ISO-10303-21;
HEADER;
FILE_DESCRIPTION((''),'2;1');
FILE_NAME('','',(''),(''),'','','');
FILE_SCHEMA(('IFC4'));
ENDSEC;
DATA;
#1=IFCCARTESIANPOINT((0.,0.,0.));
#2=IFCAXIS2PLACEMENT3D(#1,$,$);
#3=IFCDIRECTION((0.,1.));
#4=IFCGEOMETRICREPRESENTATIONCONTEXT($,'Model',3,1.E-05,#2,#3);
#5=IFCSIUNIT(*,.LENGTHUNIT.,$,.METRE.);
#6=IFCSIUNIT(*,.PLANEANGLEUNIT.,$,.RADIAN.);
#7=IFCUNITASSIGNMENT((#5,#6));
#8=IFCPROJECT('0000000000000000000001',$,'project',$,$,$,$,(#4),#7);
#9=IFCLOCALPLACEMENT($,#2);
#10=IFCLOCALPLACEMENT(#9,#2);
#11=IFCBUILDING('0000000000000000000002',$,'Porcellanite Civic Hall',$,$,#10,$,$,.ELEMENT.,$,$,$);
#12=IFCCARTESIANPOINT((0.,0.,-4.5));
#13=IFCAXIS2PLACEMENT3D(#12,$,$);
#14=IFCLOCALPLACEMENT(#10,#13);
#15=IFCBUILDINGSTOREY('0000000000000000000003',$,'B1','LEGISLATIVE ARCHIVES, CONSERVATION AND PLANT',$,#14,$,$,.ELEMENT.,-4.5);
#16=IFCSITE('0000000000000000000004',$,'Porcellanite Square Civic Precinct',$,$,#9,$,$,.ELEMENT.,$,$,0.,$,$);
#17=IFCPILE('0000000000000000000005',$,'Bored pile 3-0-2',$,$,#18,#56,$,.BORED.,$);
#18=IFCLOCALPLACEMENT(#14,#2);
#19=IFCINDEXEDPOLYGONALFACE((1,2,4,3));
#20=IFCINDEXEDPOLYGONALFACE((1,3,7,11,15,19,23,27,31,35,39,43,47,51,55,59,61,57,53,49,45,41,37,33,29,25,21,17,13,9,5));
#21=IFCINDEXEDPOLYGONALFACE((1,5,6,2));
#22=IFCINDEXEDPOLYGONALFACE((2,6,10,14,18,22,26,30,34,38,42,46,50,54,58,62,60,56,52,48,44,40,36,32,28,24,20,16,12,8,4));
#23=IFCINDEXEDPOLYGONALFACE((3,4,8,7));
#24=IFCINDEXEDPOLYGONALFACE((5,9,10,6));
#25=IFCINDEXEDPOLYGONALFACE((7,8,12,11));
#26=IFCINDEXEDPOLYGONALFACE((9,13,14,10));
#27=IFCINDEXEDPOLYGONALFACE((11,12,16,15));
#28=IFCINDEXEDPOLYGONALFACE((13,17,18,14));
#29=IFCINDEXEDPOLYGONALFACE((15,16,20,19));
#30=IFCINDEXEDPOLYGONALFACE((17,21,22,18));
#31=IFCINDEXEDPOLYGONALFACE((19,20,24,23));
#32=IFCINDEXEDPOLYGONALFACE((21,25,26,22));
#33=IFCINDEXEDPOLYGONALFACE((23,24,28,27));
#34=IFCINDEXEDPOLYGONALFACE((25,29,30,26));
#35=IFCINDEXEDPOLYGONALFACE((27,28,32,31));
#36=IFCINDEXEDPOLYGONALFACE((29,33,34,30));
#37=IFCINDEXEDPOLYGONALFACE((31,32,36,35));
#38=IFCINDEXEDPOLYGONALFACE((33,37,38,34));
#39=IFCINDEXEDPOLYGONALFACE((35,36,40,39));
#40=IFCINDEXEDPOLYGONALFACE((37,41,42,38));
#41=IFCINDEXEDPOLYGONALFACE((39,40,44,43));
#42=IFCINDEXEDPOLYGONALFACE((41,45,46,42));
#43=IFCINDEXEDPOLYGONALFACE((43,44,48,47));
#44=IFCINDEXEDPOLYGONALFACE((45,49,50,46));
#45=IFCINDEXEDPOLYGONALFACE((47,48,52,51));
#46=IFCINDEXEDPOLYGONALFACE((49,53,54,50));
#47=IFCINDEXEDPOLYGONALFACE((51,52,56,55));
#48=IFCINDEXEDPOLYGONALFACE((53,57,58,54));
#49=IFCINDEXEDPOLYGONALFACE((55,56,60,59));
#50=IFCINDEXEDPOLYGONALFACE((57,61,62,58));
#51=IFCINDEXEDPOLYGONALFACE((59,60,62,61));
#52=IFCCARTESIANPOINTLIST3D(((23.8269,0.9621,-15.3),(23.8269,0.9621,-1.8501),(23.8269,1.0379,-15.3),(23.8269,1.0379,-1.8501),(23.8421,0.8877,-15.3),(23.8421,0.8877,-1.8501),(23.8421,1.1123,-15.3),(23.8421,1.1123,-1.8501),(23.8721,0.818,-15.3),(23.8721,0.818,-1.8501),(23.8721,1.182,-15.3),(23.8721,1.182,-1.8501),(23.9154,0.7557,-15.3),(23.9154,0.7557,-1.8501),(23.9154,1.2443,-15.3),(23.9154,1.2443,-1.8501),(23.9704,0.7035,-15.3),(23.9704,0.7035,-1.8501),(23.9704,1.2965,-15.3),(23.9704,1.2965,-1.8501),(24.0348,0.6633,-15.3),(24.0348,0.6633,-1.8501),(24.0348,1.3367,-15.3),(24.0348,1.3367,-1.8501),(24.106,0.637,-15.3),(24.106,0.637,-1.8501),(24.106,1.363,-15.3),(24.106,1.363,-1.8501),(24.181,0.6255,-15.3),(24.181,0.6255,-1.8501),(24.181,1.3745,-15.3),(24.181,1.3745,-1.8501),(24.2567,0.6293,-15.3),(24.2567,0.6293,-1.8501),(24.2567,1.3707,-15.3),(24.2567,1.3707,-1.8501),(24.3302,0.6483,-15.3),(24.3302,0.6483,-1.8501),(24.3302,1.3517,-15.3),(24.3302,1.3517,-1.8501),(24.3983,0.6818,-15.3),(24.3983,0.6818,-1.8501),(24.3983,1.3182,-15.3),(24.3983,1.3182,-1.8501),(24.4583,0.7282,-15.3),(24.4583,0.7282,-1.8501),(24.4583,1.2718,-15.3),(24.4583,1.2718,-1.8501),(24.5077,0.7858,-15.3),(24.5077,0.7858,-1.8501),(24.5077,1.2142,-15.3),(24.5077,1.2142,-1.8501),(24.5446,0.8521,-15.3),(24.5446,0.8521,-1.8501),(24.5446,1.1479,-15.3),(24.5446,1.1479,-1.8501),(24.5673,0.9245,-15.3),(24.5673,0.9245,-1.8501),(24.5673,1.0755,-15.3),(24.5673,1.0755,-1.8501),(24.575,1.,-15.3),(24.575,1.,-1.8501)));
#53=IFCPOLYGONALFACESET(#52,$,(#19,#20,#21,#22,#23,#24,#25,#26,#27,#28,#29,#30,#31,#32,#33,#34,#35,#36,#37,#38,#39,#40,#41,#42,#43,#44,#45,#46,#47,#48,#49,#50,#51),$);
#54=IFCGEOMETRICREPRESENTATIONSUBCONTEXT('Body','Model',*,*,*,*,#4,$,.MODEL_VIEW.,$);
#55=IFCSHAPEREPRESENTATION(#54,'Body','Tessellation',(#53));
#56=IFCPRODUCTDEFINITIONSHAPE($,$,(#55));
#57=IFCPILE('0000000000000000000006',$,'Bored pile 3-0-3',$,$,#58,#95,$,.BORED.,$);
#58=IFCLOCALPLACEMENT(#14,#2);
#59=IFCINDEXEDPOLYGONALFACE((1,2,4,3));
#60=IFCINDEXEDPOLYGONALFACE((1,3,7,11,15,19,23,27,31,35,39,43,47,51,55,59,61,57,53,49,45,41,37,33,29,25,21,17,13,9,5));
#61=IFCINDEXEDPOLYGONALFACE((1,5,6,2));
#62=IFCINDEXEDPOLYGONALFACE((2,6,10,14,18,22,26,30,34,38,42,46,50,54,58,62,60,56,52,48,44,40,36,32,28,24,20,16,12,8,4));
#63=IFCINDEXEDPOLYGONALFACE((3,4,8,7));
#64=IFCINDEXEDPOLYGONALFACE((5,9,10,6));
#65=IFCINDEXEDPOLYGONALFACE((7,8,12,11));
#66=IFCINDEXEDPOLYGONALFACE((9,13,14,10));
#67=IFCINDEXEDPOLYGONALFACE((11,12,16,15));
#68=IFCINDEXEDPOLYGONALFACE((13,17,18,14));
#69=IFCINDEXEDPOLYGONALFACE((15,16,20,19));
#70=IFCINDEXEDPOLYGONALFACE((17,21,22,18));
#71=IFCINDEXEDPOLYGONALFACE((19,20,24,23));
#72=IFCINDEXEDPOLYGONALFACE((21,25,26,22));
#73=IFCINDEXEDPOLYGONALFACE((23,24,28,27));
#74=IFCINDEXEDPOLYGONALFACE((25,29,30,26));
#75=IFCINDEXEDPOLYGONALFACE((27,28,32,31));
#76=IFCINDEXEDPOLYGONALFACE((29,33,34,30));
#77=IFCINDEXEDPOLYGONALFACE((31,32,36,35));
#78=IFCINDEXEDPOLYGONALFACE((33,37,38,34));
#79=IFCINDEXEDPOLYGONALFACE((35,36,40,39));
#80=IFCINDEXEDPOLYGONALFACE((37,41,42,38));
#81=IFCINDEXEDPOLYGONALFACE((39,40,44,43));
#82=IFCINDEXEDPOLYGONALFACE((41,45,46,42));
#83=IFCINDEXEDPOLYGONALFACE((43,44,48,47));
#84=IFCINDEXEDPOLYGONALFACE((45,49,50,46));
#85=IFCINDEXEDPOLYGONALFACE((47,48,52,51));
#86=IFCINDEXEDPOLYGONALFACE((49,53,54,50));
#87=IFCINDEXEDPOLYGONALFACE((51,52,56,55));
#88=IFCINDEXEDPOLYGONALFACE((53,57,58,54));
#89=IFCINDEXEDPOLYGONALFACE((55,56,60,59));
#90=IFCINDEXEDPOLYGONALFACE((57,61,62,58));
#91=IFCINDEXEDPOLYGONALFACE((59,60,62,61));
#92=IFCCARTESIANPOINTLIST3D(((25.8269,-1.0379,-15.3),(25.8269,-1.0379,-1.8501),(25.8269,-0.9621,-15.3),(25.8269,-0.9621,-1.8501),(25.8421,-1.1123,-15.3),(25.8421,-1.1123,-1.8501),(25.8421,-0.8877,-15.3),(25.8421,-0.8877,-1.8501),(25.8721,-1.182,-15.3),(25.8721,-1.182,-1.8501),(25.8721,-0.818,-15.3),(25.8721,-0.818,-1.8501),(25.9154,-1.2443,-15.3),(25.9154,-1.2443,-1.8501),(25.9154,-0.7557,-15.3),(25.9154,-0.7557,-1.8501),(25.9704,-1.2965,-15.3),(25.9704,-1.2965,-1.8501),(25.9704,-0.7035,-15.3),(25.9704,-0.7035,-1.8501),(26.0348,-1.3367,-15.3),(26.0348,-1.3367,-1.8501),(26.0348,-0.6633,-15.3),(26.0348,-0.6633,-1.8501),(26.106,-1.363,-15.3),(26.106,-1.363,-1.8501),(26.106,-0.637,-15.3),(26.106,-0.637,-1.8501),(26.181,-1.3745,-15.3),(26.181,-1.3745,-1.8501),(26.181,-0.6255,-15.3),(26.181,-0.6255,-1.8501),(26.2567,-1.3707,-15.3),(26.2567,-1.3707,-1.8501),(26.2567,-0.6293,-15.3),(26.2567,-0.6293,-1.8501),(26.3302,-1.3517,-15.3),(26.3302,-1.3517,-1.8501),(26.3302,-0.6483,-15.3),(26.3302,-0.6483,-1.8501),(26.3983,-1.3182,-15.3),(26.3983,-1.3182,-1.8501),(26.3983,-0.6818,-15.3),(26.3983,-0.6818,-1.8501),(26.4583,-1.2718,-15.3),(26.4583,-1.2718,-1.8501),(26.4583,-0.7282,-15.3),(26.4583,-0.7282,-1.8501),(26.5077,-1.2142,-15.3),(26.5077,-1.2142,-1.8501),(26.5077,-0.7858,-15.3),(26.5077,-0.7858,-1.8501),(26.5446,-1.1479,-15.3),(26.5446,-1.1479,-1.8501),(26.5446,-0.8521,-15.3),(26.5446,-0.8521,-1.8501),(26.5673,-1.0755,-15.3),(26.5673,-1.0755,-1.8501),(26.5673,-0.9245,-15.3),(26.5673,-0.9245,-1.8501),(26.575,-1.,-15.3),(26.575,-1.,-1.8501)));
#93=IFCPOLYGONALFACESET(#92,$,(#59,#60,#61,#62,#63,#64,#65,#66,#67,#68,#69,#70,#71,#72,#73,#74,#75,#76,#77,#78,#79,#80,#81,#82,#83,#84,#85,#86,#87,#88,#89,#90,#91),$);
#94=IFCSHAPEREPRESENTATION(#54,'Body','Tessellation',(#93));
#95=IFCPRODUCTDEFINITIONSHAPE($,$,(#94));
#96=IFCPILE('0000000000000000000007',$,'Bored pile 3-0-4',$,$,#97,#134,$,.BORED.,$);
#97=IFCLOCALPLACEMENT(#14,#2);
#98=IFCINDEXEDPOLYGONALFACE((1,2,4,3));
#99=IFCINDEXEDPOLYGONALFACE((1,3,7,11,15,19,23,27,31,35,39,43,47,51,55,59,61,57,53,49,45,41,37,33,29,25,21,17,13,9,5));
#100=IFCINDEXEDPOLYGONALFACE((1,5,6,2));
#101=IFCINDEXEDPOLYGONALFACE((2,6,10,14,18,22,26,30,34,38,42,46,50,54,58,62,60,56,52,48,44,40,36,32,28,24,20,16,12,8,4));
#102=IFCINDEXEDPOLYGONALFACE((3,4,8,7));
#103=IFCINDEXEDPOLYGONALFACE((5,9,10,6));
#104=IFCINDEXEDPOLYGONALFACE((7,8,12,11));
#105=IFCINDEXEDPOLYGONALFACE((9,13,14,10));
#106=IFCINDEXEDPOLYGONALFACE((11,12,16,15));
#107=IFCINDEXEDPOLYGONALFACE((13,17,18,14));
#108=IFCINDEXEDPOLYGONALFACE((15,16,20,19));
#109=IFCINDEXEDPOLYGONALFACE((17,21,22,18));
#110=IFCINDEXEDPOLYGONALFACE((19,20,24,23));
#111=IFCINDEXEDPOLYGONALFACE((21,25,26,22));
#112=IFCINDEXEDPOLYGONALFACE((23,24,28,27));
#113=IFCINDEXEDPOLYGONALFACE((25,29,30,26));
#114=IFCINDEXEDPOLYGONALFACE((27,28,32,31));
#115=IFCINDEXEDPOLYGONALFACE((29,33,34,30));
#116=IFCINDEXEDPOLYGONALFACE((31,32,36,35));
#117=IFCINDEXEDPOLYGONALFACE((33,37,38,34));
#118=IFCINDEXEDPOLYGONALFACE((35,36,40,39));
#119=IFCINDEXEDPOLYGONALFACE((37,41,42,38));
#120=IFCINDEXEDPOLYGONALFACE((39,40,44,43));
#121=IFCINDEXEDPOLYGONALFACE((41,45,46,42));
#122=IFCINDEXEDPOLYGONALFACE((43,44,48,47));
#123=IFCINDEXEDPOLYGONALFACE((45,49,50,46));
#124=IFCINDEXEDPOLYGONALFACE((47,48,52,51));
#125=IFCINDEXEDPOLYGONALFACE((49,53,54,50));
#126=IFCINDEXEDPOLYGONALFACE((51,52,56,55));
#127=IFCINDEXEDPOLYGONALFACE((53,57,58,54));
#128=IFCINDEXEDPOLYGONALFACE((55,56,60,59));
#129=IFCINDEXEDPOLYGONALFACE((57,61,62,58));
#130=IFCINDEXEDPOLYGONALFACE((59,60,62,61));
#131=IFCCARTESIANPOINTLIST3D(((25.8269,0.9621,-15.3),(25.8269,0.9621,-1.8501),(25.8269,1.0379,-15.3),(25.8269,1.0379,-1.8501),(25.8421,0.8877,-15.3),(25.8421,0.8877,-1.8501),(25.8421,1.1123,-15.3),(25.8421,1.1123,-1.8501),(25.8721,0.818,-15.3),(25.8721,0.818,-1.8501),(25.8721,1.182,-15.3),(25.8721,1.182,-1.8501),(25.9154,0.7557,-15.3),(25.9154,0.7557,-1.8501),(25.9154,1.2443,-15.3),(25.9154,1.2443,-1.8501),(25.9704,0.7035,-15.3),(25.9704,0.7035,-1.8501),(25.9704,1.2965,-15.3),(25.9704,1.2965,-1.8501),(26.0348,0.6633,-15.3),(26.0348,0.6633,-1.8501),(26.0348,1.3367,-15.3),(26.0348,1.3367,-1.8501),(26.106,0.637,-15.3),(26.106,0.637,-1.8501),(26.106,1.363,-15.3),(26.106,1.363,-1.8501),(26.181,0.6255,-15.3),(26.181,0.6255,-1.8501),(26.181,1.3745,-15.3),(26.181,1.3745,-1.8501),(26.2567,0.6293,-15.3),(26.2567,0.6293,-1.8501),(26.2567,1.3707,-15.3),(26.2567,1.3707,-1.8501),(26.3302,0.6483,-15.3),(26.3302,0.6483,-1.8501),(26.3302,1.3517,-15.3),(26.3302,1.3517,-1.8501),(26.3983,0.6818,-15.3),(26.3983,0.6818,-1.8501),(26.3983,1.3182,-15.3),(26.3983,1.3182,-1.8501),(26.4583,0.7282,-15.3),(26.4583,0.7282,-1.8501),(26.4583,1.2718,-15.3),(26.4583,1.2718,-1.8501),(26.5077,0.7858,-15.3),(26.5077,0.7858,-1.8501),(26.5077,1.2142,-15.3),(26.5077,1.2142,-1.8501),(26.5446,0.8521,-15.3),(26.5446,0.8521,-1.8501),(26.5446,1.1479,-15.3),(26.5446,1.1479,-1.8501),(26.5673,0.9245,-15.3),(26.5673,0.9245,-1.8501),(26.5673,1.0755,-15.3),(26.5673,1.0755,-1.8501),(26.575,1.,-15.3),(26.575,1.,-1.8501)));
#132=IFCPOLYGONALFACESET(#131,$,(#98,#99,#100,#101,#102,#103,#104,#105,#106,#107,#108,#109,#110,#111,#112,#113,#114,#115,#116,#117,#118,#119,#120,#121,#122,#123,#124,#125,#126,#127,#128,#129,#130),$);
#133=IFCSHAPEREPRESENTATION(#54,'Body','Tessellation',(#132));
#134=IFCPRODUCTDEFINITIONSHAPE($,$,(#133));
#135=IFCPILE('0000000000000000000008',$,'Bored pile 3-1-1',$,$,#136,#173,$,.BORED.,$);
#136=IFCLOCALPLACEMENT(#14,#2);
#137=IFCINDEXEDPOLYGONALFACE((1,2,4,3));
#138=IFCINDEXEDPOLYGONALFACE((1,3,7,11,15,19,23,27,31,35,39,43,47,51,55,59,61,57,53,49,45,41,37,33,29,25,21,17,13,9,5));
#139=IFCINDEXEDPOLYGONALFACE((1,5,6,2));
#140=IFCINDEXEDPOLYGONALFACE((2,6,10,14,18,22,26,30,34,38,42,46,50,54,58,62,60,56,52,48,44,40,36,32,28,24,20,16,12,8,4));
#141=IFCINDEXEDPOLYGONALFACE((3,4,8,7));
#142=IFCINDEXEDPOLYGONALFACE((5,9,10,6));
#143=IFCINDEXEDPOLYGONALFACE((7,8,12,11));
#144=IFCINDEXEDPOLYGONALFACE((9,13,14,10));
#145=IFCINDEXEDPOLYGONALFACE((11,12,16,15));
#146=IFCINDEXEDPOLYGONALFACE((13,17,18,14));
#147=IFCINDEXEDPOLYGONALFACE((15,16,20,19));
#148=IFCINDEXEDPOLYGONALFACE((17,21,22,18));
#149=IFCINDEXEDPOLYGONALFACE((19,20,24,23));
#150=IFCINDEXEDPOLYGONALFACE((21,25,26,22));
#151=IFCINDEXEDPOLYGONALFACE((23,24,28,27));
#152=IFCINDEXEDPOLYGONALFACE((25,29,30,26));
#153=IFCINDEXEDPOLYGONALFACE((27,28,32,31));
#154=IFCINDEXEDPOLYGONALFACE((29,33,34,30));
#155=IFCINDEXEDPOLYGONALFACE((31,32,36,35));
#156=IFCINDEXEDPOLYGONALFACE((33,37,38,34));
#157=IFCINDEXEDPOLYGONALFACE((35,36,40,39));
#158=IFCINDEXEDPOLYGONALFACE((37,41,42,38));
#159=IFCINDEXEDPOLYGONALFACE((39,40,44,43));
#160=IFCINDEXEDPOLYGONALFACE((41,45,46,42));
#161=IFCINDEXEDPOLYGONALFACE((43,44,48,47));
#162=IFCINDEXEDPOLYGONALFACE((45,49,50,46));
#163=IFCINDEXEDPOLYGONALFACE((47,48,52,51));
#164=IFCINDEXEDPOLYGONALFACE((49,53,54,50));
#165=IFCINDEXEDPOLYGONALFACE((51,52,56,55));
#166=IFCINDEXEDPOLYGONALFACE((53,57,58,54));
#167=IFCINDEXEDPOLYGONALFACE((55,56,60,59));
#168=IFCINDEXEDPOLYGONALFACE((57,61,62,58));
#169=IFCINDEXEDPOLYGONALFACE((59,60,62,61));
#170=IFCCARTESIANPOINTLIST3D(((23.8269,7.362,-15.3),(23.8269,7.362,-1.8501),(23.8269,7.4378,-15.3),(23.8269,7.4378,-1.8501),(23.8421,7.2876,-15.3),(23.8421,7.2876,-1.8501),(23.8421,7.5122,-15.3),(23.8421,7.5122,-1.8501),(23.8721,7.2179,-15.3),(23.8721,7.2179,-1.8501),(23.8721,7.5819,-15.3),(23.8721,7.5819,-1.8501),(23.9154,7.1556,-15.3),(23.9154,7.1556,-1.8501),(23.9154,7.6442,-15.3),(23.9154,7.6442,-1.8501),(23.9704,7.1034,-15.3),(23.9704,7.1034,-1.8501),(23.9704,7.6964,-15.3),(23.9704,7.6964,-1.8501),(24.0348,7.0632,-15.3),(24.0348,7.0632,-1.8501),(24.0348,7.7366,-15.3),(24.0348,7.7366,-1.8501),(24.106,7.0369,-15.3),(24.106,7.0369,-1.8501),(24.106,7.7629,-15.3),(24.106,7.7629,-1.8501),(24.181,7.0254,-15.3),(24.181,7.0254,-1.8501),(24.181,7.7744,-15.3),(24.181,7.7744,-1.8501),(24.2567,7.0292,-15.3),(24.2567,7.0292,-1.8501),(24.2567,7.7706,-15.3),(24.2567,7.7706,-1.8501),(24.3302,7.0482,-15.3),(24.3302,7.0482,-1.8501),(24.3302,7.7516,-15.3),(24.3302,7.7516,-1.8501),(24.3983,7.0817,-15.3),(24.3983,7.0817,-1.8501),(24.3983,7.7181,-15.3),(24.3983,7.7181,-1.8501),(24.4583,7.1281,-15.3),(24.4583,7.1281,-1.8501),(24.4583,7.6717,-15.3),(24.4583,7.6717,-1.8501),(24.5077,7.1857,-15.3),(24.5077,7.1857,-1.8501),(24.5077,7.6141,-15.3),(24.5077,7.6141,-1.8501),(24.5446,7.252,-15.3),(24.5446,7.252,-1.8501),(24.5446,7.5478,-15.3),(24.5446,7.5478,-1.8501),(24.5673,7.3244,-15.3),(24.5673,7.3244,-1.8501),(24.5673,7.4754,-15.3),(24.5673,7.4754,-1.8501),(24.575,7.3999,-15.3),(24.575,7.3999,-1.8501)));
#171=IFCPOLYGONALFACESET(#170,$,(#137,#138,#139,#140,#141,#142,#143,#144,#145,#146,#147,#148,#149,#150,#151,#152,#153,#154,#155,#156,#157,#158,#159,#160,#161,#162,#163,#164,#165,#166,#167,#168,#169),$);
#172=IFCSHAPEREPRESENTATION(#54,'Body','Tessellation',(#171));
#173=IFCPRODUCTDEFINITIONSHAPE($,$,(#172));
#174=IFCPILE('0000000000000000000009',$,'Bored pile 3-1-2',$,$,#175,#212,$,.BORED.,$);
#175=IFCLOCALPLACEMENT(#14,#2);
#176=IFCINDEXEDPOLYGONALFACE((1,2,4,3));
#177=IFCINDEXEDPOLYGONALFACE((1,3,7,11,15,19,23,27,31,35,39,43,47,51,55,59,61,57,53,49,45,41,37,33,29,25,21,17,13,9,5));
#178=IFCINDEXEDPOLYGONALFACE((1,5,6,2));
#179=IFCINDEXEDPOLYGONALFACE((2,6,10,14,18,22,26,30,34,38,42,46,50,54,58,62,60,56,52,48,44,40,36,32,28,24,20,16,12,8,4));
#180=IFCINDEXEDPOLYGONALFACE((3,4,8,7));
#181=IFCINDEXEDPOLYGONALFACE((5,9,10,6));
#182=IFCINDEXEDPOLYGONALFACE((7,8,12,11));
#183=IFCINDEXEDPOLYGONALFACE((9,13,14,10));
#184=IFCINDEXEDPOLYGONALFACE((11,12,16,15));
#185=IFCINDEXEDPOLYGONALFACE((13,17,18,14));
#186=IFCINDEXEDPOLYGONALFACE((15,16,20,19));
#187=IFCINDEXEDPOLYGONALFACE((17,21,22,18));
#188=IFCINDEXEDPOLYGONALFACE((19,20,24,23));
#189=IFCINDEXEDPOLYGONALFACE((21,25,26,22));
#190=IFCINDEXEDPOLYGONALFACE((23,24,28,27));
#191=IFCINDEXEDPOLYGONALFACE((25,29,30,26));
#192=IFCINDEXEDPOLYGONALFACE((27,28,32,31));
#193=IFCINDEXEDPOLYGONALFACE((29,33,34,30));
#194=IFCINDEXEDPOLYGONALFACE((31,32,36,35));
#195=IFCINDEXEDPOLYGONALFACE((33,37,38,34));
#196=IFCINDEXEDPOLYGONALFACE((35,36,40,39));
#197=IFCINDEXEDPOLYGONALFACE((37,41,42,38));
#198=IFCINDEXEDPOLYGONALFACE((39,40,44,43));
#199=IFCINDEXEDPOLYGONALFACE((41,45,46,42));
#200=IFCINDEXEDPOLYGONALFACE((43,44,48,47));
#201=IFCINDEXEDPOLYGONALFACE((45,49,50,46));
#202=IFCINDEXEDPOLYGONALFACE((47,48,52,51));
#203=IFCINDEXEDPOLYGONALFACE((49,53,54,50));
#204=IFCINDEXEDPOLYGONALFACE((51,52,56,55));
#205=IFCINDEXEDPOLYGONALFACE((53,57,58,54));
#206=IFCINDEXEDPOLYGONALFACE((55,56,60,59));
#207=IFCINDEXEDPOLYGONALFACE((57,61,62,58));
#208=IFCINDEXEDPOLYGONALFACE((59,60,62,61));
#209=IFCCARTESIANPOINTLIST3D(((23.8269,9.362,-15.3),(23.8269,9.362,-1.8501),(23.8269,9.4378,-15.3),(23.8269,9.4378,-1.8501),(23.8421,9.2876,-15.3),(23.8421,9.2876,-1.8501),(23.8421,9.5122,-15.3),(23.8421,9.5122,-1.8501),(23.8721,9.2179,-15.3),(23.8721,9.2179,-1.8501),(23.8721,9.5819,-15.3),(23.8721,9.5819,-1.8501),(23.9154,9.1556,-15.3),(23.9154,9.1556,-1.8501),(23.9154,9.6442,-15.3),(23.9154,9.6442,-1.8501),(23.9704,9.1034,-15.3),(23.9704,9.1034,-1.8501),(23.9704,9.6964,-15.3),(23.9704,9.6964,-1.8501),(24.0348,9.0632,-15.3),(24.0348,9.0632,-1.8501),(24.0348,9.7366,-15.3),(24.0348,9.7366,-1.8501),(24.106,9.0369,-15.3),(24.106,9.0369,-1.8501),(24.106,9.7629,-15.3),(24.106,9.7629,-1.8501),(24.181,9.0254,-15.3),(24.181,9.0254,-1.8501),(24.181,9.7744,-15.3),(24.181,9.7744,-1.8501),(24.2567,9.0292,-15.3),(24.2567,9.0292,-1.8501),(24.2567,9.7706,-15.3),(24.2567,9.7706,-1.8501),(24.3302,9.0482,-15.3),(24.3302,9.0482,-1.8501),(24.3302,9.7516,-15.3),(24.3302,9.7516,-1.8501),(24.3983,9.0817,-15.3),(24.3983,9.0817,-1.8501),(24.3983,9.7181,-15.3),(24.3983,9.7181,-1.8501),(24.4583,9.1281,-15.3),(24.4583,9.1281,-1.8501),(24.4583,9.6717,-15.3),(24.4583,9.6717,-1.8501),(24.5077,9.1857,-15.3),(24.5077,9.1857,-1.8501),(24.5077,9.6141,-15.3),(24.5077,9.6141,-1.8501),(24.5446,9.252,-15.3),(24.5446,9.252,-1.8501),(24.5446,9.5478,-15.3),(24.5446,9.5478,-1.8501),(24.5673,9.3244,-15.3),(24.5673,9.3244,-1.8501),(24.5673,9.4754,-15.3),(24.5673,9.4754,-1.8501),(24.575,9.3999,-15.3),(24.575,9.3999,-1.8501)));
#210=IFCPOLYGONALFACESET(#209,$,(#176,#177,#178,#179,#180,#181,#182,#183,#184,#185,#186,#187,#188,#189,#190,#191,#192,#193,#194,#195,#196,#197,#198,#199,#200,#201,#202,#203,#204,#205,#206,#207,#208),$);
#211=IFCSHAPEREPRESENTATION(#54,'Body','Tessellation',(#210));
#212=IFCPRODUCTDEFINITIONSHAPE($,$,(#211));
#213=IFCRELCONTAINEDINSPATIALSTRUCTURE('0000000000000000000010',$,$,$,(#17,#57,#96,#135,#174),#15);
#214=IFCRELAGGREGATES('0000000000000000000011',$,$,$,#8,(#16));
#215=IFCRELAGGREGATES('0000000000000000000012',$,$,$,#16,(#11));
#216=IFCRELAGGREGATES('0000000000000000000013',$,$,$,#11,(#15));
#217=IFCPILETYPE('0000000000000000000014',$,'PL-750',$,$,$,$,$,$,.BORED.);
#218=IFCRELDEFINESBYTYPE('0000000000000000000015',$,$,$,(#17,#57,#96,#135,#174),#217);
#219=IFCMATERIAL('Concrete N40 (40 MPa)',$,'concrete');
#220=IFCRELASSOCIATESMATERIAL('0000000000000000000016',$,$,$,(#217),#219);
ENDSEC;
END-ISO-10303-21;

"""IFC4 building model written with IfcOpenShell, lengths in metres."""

from ifc_helpers import new_model, si_unit, direction, frame, origin, origin_2d, place, context, subcontext, project, spatial, circle, extrude, material, material_profile, profile_set, type_object, element, save


model = new_model("IFC4")

# Units and contexts
model_context = context("Model", 3, precision=1e-05, world=origin(), true_north=direction((0.0, 1.0)))
body_context = subcontext(model_context, "Body", "Model", "MODEL_VIEW")
ifc_project = project(units=[si_unit("LENGTHUNIT", "METRE"), si_unit("PLANEANGLEUNIT", "RADIAN")], contexts=[model_context])

# Site, building, storey
site_placement = place(None, origin())
site = spatial("IfcSite", under=ifc_project, at=site_placement, Name="Porcellanite Square Civic Precinct", CompositionType="ELEMENT", RefElevation=0.0)
building_placement = place(site_placement, origin())
building = spatial("IfcBuilding", under=site, at=building_placement, Name="Porcellanite Civic Hall", CompositionType="ELEMENT")
storey_placement = place(building_placement, frame((0.0, 0.0, -4.5)))
storey = spatial("IfcBuildingStorey", under=building, at=storey_placement, Name="B1", Description="LEGISLATIVE ARCHIVES, CONSERVATION AND PLANT", CompositionType="ELEMENT", Elevation=-4.5)

# Piles
ifc_material_1 = material(Name="Concrete N40 (40 MPa)", Category="concrete")
ifc_material_profile_1 = material_profile(ifc_material_1, circle(Radius=0.375, at=origin_2d()), Name="PILE-D750")
ifc_profile_set_1 = profile_set([ifc_material_profile_1], Name="Concrete N40 (40 MPa)")
pile_type_1 = type_object("IfcPileType", Name="PL-750", PredefinedType="BORED", material=ifc_profile_set_1)
for number, where, z_axis, x_axis, name in (
    (1, (24.2, 1.0, -1.8501), (0.0, 0.0, -1.0), (1.0, 0.0, 0.0), "Bored pile 3-0-2"),
    (2, (26.2, -1.0, -1.8501), (0.0, 0.0, -1.0), (1.0, 0.0, 0.0), "Bored pile 3-0-3"),
    (3, (26.2, 1.0, -1.8501), (0.0, 0.0, -1.0), (1.0, 0.0, 0.0), "Bored pile 3-0-4"),
    (4, (24.2, 7.3999, -1.8501), (0.0, 0.0, -1.0), (1.0, 0.0, 0.0), "Bored pile 3-1-1"),
    (5, (24.2, 9.3999, -1.8501), (0.0, 0.0, -1.0), (1.0, 0.0, 0.0), "Bored pile 3-1-2"),
):
    element("IfcPile", number, at=place(storey_placement, frame(where, z_axis=z_axis, x_axis=x_axis)), inside=storey, type_object=pile_type_1, Name=name, PredefinedType="BORED", context=body_context, shape_type="SweptSolid", body=[
        extrude(circle(Radius=0.375, at=origin_2d()), origin(), (0.0, 0.0, 1.0), 13.45),
    ])

save(model, "model.ifc")
